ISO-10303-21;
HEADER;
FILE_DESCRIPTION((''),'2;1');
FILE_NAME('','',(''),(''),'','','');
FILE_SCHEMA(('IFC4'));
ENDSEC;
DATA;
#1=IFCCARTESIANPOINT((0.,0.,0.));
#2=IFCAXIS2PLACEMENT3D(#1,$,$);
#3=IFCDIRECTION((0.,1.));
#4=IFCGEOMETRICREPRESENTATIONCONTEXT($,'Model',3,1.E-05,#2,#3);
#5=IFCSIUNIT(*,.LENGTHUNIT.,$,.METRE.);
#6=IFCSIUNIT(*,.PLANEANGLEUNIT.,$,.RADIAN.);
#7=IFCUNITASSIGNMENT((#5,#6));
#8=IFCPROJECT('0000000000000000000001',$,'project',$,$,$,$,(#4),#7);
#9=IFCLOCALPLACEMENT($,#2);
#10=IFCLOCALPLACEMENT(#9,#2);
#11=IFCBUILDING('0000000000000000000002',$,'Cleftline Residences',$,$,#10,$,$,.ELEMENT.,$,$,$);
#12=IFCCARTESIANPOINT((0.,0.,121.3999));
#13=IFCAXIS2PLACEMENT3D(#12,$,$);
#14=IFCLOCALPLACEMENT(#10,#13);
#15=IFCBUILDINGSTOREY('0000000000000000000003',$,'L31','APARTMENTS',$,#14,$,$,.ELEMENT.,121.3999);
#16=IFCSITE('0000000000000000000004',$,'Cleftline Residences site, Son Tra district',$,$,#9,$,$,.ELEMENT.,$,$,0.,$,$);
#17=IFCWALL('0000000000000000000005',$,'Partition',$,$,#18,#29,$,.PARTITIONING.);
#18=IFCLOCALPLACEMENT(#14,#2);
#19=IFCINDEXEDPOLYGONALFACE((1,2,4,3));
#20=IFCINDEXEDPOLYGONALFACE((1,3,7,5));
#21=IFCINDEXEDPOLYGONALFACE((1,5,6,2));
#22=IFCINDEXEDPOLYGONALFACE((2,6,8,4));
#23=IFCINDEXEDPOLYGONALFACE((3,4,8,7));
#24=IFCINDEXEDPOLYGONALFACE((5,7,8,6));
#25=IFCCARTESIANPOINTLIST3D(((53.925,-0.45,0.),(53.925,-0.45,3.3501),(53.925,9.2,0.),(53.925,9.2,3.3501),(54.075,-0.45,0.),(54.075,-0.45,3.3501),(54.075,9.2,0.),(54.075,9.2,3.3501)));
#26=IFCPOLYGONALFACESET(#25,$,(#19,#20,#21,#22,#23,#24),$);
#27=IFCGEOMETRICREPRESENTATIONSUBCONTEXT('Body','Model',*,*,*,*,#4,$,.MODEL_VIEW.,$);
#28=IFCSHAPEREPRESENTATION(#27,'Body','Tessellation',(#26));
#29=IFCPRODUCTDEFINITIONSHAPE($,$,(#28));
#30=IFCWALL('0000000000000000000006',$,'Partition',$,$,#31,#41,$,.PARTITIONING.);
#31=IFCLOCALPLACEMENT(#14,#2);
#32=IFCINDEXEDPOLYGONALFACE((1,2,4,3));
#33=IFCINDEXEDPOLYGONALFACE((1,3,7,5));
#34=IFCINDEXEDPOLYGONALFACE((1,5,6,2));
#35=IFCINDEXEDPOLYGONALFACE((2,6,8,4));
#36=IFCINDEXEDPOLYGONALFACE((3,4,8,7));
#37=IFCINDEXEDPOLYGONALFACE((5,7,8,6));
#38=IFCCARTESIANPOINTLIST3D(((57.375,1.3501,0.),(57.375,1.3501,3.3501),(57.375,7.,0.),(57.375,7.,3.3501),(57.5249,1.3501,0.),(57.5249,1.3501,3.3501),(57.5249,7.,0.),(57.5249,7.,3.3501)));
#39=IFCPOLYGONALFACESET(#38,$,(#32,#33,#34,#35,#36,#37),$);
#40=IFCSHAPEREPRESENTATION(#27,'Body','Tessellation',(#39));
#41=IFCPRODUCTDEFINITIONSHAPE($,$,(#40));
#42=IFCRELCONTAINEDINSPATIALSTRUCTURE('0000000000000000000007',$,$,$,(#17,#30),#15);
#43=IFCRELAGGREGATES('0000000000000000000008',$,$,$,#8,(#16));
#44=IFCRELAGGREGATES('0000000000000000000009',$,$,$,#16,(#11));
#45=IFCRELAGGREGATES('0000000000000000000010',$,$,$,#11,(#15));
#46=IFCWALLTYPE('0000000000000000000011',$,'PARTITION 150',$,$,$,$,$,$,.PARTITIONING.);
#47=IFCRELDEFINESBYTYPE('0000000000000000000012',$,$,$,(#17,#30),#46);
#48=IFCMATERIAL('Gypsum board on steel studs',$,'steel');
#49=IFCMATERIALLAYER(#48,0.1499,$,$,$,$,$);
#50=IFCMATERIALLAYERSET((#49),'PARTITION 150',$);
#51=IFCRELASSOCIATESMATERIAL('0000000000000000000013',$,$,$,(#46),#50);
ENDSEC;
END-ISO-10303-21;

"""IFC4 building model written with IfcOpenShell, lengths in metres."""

from ifc_helpers import new_model, si_unit, direction, frame, frame_2d, origin, place, context, subcontext, project, spatial, rectangle, extrude, material, layer, layer_set, type_object, element, save


model = new_model("IFC4")

# Units and contexts
model_context = context("Model", 3, precision=1e-05, world=origin(), true_north=direction((0.0, 1.0)))
body_context = subcontext(model_context, "Body", "Model", "MODEL_VIEW")
ifc_project = project(units=[si_unit("LENGTHUNIT", "METRE"), si_unit("PLANEANGLEUNIT", "RADIAN")], contexts=[model_context])

# Site, building, storey
site_placement = place(None, origin())
site = spatial("IfcSite", under=ifc_project, at=site_placement, Name="Cleftline Residences site, Son Tra district", CompositionType="ELEMENT", RefElevation=0.0)
building_placement = place(site_placement, origin())
building = spatial("IfcBuilding", under=site, at=building_placement, Name="Cleftline Residences", CompositionType="ELEMENT")
storey_placement = place(building_placement, frame((0.0, 0.0, 121.3999)))
storey = spatial("IfcBuildingStorey", under=building, at=storey_placement, Name="L31", Description="APARTMENTS", CompositionType="ELEMENT", Elevation=121.3999)

# Walls
ifc_material_1 = material(Name="Gypsum board on steel studs", Category="steel")
ifc_layer_1 = layer(ifc_material_1, 0.1499)
ifc_layer_set_1 = layer_set([ifc_layer_1], Name="PARTITION 150")
wall_type_1 = type_object("IfcWallType", Name="PARTITION 150", PredefinedType="PARTITIONING", material=ifc_layer_set_1)
wall_1_placement = place(storey_placement, frame((54.0, -0.45, 0.0), z_axis=(0.0, 0.0, 1.0), x_axis=(0.0, 1.0, 0.0)))
element("IfcWall", 1, at=wall_1_placement, inside=storey, type_object=wall_type_1, Name="Partition", PredefinedType="PARTITIONING", context=body_context, shape_type="SweptSolid", body=[
    extrude(rectangle(XDim=9.6499, YDim=0.1499, at=frame_2d((4.825, 0.0))), origin(), (0.0, 0.0, 1.0), 3.3501),
])
wall_2_placement = place(storey_placement, frame((57.45, 1.3501, 0.0), z_axis=(0.0, 0.0, 1.0), x_axis=(0.0, 1.0, 0.0)))
element("IfcWall", 2, at=wall_2_placement, inside=storey, type_object=wall_type_1, Name="Partition", PredefinedType="PARTITIONING", context=body_context, shape_type="SweptSolid", body=[
    extrude(rectangle(XDim=5.6499, YDim=0.1499, at=frame_2d((2.825, 0.0))), origin(), (0.0, 0.0, 1.0), 3.3501),
])

save(model, "model.ifc")
